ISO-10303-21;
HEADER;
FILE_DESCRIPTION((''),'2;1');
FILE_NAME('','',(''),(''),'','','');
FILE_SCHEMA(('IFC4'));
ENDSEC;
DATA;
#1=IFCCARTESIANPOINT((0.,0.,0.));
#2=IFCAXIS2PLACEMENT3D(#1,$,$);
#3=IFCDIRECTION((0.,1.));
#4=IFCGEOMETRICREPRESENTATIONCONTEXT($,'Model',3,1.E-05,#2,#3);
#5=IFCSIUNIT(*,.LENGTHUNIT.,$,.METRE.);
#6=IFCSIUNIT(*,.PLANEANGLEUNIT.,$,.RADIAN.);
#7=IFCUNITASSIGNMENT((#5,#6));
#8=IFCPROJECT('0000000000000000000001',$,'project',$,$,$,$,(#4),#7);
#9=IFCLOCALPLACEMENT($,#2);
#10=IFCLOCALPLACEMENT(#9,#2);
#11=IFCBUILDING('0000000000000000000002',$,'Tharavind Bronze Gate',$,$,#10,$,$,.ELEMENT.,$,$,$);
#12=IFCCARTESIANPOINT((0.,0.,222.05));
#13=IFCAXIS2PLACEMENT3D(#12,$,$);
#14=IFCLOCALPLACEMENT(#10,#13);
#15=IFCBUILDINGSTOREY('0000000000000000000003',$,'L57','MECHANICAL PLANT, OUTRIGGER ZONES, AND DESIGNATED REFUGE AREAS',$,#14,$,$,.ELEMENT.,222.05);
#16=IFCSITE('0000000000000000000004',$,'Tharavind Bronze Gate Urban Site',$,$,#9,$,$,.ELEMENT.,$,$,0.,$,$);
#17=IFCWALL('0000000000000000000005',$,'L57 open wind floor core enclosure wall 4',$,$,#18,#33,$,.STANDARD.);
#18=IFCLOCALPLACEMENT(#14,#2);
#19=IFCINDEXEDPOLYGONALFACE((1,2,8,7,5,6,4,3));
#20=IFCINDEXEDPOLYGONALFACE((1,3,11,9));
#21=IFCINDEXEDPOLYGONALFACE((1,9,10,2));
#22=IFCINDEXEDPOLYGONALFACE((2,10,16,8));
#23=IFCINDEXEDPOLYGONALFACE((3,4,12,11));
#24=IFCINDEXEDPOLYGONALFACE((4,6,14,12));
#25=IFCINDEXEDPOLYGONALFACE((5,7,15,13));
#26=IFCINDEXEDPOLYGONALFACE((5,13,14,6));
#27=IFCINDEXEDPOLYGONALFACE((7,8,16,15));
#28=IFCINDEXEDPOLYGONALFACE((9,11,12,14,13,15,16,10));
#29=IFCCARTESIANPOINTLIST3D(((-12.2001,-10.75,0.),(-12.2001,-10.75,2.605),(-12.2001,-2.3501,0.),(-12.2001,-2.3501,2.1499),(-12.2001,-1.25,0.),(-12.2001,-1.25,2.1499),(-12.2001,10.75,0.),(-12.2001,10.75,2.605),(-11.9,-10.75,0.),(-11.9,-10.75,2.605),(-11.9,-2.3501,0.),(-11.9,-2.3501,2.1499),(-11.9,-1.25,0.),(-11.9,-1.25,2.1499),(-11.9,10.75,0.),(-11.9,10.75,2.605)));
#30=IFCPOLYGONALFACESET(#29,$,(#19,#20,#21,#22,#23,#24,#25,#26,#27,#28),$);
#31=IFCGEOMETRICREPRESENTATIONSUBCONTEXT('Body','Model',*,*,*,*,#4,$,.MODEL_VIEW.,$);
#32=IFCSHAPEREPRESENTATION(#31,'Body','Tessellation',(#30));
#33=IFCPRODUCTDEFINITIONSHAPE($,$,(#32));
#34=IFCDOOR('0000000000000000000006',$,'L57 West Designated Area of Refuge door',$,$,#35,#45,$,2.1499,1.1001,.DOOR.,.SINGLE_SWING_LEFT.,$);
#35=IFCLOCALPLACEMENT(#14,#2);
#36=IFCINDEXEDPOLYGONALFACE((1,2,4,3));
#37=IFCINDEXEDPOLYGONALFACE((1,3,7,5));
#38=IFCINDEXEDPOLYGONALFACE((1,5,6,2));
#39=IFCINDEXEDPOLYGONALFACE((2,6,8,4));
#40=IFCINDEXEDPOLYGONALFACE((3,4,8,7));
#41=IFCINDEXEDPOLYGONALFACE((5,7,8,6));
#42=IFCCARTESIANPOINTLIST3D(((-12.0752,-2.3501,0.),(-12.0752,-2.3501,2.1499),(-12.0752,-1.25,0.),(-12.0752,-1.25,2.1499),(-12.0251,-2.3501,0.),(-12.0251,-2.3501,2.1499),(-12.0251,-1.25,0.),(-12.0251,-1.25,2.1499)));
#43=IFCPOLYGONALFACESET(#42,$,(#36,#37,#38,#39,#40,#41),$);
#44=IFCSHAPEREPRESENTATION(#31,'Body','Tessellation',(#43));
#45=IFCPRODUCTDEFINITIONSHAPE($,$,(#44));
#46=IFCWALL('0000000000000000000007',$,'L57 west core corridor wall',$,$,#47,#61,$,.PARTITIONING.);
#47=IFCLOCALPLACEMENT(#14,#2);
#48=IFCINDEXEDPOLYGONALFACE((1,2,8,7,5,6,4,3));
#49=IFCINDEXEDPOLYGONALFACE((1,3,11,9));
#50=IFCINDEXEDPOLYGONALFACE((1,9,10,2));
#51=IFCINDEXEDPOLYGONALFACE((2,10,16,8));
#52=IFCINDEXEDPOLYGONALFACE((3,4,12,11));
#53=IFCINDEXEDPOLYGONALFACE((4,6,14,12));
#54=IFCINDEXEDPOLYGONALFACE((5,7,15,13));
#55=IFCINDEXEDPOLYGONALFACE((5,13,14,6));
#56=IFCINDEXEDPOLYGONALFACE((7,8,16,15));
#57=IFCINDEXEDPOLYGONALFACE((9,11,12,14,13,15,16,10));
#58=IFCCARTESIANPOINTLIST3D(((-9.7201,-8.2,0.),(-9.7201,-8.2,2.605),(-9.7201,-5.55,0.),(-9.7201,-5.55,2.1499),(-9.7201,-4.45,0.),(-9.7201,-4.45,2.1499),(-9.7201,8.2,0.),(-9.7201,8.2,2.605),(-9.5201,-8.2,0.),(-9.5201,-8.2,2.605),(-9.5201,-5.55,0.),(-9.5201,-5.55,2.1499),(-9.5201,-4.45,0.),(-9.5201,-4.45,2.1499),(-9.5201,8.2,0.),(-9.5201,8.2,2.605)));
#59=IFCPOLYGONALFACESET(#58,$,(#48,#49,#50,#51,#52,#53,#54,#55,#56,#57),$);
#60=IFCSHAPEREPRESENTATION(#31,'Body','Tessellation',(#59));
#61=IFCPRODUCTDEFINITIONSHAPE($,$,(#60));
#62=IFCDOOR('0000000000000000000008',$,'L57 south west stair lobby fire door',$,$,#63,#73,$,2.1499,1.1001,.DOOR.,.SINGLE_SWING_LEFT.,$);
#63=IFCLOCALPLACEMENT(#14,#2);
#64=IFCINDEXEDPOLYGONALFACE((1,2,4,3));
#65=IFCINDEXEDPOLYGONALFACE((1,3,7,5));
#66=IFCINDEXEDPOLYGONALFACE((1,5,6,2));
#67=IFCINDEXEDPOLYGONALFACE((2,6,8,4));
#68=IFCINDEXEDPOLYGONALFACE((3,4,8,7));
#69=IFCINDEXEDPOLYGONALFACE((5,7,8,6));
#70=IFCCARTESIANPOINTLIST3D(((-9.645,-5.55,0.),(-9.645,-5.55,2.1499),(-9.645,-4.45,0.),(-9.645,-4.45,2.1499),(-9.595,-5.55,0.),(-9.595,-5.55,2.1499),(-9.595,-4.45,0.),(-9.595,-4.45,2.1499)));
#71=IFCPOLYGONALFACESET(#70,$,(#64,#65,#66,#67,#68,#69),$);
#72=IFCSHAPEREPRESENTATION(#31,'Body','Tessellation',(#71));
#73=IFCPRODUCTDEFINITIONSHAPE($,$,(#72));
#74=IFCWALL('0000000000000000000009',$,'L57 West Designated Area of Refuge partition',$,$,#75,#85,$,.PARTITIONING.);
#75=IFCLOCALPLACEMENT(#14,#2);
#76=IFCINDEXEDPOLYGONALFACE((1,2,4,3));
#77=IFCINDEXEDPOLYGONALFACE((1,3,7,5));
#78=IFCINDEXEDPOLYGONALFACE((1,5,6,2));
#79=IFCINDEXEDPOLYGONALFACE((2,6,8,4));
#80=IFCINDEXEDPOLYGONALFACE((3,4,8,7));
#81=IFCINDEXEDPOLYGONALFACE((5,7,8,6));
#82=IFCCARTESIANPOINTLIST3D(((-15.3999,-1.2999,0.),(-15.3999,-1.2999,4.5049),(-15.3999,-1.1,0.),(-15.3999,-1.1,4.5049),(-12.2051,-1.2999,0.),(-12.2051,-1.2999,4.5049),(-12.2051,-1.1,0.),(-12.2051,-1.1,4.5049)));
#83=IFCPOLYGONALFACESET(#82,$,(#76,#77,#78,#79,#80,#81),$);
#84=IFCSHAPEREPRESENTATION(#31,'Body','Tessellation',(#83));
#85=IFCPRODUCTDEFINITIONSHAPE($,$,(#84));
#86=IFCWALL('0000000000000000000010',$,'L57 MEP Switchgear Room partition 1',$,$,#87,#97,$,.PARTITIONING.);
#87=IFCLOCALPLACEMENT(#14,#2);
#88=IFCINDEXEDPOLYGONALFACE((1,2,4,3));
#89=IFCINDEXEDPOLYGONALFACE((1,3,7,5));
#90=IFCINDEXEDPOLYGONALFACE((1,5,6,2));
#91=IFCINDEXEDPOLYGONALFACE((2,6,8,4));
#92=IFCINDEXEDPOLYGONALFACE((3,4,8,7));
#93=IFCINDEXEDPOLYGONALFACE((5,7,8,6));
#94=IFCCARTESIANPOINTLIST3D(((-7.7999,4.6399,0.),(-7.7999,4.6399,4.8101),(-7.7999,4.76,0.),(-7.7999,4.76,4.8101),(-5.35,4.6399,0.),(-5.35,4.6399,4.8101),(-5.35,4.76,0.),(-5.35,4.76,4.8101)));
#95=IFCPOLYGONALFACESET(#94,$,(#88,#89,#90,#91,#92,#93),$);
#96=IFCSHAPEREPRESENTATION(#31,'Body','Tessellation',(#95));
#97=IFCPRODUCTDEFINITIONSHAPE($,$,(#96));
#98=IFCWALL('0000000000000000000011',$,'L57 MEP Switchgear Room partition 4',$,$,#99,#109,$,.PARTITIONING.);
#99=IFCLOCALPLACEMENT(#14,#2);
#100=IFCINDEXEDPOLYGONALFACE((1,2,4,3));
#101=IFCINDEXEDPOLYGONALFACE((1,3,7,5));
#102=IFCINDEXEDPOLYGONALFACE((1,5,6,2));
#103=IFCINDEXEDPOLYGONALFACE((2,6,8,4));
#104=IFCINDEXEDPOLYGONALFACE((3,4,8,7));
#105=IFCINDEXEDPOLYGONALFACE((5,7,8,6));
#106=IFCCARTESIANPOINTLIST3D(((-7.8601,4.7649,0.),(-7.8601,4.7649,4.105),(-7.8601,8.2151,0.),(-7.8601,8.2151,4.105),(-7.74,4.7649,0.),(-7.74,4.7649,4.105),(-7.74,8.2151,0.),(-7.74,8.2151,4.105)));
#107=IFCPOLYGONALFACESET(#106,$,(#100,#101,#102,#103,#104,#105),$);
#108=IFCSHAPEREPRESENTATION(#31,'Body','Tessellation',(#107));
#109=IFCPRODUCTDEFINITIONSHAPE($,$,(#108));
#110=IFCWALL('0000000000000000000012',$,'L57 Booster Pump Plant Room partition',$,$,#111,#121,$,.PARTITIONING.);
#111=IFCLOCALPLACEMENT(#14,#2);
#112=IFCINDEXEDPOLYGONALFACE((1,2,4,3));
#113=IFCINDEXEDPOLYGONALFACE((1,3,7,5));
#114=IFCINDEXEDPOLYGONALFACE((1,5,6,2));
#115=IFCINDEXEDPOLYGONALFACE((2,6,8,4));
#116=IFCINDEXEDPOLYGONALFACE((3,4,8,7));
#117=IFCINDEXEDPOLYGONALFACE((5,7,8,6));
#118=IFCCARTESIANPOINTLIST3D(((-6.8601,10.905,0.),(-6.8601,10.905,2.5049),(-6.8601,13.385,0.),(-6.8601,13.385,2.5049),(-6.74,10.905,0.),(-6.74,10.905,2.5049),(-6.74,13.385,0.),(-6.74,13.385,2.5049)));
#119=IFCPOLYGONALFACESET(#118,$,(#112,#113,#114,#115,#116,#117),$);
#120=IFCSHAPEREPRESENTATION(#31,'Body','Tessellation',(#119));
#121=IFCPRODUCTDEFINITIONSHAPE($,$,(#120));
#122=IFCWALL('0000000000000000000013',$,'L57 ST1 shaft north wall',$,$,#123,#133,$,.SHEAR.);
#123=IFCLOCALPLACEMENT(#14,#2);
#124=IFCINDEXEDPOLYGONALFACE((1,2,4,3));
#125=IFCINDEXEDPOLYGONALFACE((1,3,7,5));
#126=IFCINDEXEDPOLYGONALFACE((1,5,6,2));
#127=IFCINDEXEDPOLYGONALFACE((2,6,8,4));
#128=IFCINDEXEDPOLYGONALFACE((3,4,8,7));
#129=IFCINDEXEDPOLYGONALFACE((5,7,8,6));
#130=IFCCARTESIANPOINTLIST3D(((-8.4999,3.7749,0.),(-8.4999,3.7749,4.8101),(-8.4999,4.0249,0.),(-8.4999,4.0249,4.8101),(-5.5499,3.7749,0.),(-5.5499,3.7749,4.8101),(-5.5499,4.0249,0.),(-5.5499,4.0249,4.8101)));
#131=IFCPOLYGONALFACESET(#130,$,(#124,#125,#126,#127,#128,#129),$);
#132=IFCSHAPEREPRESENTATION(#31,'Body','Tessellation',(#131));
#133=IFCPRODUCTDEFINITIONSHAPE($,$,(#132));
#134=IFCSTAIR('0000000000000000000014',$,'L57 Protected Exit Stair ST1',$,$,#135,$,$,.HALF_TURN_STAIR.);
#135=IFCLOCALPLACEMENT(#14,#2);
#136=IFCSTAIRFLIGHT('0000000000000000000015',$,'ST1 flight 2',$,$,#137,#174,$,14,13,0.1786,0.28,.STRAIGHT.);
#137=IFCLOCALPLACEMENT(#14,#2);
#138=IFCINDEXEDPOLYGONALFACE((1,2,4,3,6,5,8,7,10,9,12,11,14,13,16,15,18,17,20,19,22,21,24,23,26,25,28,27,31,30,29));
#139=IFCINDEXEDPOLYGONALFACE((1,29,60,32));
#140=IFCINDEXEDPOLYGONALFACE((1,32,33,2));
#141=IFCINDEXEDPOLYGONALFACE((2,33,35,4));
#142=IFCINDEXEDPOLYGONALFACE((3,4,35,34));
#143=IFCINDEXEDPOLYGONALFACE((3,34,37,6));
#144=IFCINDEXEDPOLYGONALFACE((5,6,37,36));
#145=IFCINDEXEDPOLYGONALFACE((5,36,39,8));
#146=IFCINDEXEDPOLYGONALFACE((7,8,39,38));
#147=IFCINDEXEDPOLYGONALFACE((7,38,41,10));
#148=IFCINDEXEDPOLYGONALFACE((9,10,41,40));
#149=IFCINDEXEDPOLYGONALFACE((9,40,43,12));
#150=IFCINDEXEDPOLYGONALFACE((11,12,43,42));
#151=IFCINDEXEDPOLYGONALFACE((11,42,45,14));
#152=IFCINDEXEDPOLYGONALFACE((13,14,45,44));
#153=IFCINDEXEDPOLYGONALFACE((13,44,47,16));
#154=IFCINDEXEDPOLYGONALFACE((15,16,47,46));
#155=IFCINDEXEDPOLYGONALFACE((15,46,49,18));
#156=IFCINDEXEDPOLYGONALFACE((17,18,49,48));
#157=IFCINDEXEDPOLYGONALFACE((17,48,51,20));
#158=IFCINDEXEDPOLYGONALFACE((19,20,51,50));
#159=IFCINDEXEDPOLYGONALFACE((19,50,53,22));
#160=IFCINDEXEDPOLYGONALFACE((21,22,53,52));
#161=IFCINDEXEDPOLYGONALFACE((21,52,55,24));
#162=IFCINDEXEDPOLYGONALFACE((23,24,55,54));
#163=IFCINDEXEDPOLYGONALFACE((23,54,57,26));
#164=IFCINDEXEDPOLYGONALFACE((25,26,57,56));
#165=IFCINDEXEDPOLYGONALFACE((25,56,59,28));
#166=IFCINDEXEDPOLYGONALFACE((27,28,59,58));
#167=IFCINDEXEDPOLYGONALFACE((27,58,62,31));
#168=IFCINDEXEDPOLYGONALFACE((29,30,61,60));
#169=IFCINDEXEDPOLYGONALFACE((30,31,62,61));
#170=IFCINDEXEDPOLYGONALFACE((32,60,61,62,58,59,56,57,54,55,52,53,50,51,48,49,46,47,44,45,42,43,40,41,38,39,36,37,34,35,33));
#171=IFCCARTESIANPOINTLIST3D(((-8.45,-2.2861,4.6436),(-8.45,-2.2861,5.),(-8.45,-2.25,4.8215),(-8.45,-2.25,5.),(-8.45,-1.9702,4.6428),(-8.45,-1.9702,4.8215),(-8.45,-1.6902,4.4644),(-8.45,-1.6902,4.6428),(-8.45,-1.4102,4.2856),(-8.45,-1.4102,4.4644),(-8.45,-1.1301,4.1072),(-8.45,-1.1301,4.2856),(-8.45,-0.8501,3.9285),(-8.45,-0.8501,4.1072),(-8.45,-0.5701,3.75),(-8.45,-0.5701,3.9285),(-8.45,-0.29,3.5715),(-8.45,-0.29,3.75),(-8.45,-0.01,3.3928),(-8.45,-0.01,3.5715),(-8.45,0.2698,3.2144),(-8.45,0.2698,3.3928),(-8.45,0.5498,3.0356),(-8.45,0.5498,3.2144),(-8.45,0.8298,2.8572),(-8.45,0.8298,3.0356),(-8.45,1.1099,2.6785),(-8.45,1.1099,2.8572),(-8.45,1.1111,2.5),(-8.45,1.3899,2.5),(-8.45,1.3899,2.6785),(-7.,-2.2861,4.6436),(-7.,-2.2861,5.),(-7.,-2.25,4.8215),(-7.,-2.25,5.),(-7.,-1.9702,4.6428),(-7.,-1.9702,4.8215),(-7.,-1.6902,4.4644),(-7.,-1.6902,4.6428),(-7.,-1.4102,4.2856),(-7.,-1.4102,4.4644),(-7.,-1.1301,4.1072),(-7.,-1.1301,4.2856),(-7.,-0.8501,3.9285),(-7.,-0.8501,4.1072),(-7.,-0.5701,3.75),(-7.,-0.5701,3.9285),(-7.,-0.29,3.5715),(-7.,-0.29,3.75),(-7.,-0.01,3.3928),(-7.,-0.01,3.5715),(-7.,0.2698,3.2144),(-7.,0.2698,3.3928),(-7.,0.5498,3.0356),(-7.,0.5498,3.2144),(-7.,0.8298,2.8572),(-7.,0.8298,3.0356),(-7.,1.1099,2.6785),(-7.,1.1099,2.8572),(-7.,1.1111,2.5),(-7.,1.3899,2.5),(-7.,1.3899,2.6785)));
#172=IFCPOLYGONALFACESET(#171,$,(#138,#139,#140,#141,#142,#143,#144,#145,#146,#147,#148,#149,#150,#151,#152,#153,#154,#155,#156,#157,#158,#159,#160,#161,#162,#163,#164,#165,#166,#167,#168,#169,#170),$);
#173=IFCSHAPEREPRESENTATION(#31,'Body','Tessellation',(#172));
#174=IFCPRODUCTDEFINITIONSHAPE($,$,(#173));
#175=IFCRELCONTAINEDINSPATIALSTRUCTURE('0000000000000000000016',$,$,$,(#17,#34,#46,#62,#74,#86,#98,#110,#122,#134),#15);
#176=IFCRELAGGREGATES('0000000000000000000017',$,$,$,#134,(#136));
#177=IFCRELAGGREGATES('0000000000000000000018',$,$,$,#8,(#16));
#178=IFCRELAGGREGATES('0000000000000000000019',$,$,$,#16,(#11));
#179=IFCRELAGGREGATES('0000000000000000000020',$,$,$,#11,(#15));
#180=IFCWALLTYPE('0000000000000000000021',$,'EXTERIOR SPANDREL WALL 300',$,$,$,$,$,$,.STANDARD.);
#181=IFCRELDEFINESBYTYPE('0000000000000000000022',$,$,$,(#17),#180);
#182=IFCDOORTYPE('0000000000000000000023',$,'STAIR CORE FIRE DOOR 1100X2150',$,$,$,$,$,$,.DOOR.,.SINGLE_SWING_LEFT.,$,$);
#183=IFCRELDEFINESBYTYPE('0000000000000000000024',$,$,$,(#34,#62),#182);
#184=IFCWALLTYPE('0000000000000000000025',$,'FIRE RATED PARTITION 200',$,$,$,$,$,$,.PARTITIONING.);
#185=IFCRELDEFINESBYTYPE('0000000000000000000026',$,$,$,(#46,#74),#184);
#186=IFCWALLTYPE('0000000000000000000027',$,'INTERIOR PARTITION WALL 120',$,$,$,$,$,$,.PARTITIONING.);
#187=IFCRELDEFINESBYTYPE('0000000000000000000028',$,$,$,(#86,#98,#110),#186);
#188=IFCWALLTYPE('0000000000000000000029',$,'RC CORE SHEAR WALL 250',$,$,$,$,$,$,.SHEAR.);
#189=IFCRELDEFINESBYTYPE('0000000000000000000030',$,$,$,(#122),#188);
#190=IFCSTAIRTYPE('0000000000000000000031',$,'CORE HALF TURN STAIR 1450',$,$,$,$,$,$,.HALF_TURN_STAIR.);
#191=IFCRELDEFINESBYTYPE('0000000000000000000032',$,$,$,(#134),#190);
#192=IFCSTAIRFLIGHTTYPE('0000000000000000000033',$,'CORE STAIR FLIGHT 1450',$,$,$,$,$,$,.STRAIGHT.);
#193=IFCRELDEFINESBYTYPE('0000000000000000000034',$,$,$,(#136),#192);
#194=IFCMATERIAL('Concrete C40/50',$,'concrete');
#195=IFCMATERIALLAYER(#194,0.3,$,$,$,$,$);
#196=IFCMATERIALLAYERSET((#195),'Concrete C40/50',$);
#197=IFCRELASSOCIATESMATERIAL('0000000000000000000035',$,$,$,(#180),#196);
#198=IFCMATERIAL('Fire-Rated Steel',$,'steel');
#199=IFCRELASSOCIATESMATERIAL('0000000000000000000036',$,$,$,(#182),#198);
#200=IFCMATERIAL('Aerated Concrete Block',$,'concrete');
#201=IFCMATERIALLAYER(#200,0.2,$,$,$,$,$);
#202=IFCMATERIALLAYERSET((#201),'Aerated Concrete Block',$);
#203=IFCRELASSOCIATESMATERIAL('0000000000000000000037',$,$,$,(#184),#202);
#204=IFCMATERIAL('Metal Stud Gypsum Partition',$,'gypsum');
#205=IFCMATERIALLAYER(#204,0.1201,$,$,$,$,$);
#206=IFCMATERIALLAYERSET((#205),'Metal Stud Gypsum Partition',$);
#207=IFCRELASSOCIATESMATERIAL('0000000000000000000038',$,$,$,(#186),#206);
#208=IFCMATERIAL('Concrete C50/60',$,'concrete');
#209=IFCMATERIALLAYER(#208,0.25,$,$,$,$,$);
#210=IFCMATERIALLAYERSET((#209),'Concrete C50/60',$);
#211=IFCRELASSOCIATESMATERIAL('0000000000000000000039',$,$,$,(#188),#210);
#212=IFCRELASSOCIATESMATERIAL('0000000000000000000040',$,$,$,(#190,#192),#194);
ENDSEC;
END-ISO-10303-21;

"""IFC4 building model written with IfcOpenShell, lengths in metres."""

from ifc_helpers import new_model, si_unit, direction, frame, frame_2d, origin, place, context, subcontext, project, spatial, polyline, rectangle, outline, extrude, material, layer, layer_set, type_object, element, fill, aggregate, save


model = new_model("IFC4")

# Units and contexts
model_context = context("Model", 3, precision=1e-05, world=origin(), true_north=direction((0.0, 1.0)))
body_context = subcontext(model_context, "Body", "Model", "MODEL_VIEW")
ifc_project = project(units=[si_unit("LENGTHUNIT", "METRE"), si_unit("PLANEANGLEUNIT", "RADIAN")], contexts=[model_context])

# Site, building, storey
site_placement = place(None, origin())
site = spatial("IfcSite", under=ifc_project, at=site_placement, Name="Tharavind Bronze Gate Urban Site", CompositionType="ELEMENT", RefElevation=0.0)
building_placement = place(site_placement, origin())
building = spatial("IfcBuilding", under=site, at=building_placement, Name="Tharavind Bronze Gate", CompositionType="ELEMENT")
storey_placement = place(building_placement, frame((0.0, 0.0, 222.05)))
storey = spatial("IfcBuildingStorey", under=building, at=storey_placement, Name="L57", Description="MECHANICAL PLANT, OUTRIGGER ZONES, AND DESIGNATED REFUGE AREAS", CompositionType="ELEMENT", Elevation=222.05)

# Walls, openings, doors
ifc_material_1 = material(Name="Concrete C40/50", Category="concrete")
ifc_layer_1 = layer(ifc_material_1, 0.3)
ifc_layer_set_1 = layer_set([ifc_layer_1], Name="Concrete C40/50")
wall_type_1 = type_object("IfcWallType", Name="EXTERIOR SPANDREL WALL 300", PredefinedType="STANDARD", material=ifc_layer_set_1)
wall_1_placement = place(storey_placement, frame((-12.05, 10.75, 0.0), z_axis=(0.0, 0.0, 1.0), x_axis=(0.0, -1.0, 0.0)))
wall_1 = element("IfcWall", 1, at=wall_1_placement, inside=storey, type_object=wall_type_1, Name="L57 open wind floor core enclosure wall 4", PredefinedType="STANDARD", context=body_context, shape_type="SweptSolid", body=[
    extrude(rectangle(XDim=21.5, YDim=0.3, at=frame_2d((10.75, 0.0))), origin(), (0.0, 0.0, 1.0), 2.605),
])
opening_1_placement = place(wall_1_placement, frame((12.0, 0.0, 0.0)))
opening_1 = element("IfcOpeningElement", 2, at=opening_1_placement, cuts=wall_1, PredefinedType="OPENING", context=body_context, shape_type="SweptSolid", body=[
    extrude(rectangle(XDim=1.1001, YDim=2.1499, at=frame_2d((0.55, 1.075))), frame((0.0, 0.1599, 0.0), z_axis=(0.0, -1.0, 0.0), x_axis=(1.0, 0.0, 0.0)), (0.0, 0.0, 1.0), 0.32),
])
ifc_material_2 = material(Name="Fire-Rated Steel", Category="steel")
door_type = type_object("IfcDoorType", Name="STAIR CORE FIRE DOOR 1100X2150", OperationType="SINGLE_SWING_LEFT", PredefinedType="DOOR", material=ifc_material_2)
door_1_placement = place(opening_1_placement, origin())
door_1 = element("IfcDoor", 3, at=door_1_placement, inside=storey, type_object=door_type, Name="L57 West Designated Area of Refuge door", OperationType="SINGLE_SWING_LEFT", OverallHeight=2.1499, OverallWidth=1.1001, PredefinedType="DOOR", context=body_context, shape_type="SweptSolid", body=[
    extrude(rectangle(XDim=1.1001, YDim=2.1499, at=frame_2d((0.55, 1.075))), frame((0.0, 0.0249, 0.0), z_axis=(0.0, -1.0, 0.0), x_axis=(1.0, 0.0, 0.0)), (0.0, 0.0, 1.0), 0.05),
])
fill(opening_1, door_1)
ifc_material_3 = material(Name="Aerated Concrete Block", Category="concrete")
ifc_layer_2 = layer(ifc_material_3, 0.2)
ifc_layer_set_2 = layer_set([ifc_layer_2], Name="Aerated Concrete Block")
wall_type_2 = type_object("IfcWallType", Name="FIRE RATED PARTITION 200", PredefinedType="PARTITIONING", material=ifc_layer_set_2)
wall_2_placement = place(storey_placement, frame((-9.6201, 8.2, 0.0), z_axis=(0.0, 0.0, 1.0), x_axis=(0.0, -1.0, 0.0)))
wall_2 = element("IfcWall", 4, at=wall_2_placement, inside=storey, type_object=wall_type_2, Name="L57 west core corridor wall", PredefinedType="PARTITIONING", context=body_context, shape_type="SweptSolid", body=[
    extrude(rectangle(XDim=16.3999, YDim=0.2, at=frame_2d((8.2, 0.0))), origin(), (0.0, 0.0, 1.0), 2.605),
])
opening_2_placement = place(wall_2_placement, frame((12.6499, 0.0, 0.0)))
opening_2 = element("IfcOpeningElement", 5, at=opening_2_placement, cuts=wall_2, PredefinedType="OPENING", context=body_context, shape_type="SweptSolid", body=[
    extrude(rectangle(XDim=1.1001, YDim=2.1499, at=frame_2d((0.55, 1.075))), frame((0.0, 0.1101, 0.0), z_axis=(0.0, -1.0, 0.0), x_axis=(1.0, 0.0, 0.0)), (0.0, 0.0, 1.0), 0.22),
])
door_2_placement = place(opening_2_placement, frame((1.1001, 0.0, 0.0), z_axis=(0.0, 0.0, 1.0), x_axis=(-1.0, 0.0, 0.0)))
door_2 = element("IfcDoor", 6, at=door_2_placement, inside=storey, type_object=door_type, Name="L57 south west stair lobby fire door", OperationType="SINGLE_SWING_LEFT", OverallHeight=2.1499, OverallWidth=1.1001, PredefinedType="DOOR", context=body_context, shape_type="SweptSolid", body=[
    extrude(rectangle(XDim=1.1001, YDim=2.1499, at=frame_2d((0.55, 1.075))), frame((0.0, 0.0249, 0.0), z_axis=(0.0, -1.0, 0.0), x_axis=(1.0, 0.0, 0.0)), (0.0, 0.0, 1.0), 0.05),
])
fill(opening_2, door_2)

# Walls
wall_3_placement = place(storey_placement, frame((-15.3999, -1.2, 0.0), z_axis=(0.0, 0.0, 1.0), x_axis=(1.0, 0.0, 0.0)))
element("IfcWall", 7, at=wall_3_placement, inside=storey, type_object=wall_type_2, Name="L57 West Designated Area of Refuge partition", PredefinedType="PARTITIONING", context=body_context, shape_type="SweptSolid", body=[
    extrude(rectangle(XDim=3.1948, YDim=0.2, at=frame_2d((1.5974, 0.0))), origin(), (0.0, 0.0, 1.0), 4.5049),
])
ifc_material_4 = material(Name="Metal Stud Gypsum Partition", Category="gypsum")
ifc_layer_3 = layer(ifc_material_4, 0.1201)
ifc_layer_set_3 = layer_set([ifc_layer_3], Name="Metal Stud Gypsum Partition")
wall_type_3 = type_object("IfcWallType", Name="INTERIOR PARTITION WALL 120", PredefinedType="PARTITIONING", material=ifc_layer_set_3)
wall_4_placement = place(storey_placement, frame((-7.8, 4.7, 0.0), z_axis=(0.0, 0.0, 1.0), x_axis=(1.0, 0.0, 0.0)))
element("IfcWall", 8, at=wall_4_placement, inside=storey, type_object=wall_type_3, Name="L57 MEP Switchgear Room partition 1", PredefinedType="PARTITIONING", context=body_context, shape_type="SweptSolid", body=[
    extrude(rectangle(XDim=2.45, YDim=0.1201, at=frame_2d((1.2251, 0.0))), origin(), (0.0, 0.0, 1.0), 4.8101),
])
wall_5_placement = place(storey_placement, frame((-7.8, 8.2151, 0.0), z_axis=(0.0, 0.0, 1.0), x_axis=(0.0, -1.0, 0.0)))
element("IfcWall", 9, at=wall_5_placement, inside=storey, type_object=wall_type_3, Name="L57 MEP Switchgear Room partition 4", PredefinedType="PARTITIONING", context=body_context, shape_type="SweptSolid", body=[
    extrude(rectangle(XDim=3.4502, YDim=0.1201, at=frame_2d((1.7251, 0.0))), origin(), (0.0, 0.0, 1.0), 4.105),
])
wall_6_placement = place(storey_placement, frame((-6.8, 10.905, 0.0), z_axis=(0.0, 0.0, 1.0), x_axis=(0.0, 1.0, 0.0)))
element("IfcWall", 10, at=wall_6_placement, inside=storey, type_object=wall_type_3, Name="L57 Booster Pump Plant Room partition", PredefinedType="PARTITIONING", context=body_context, shape_type="SweptSolid", body=[
    extrude(rectangle(XDim=2.48, YDim=0.1201, at=frame_2d((1.24, 0.0))), origin(), (0.0, 0.0, 1.0), 2.5049),
])
ifc_material_5 = material(Name="Concrete C50/60", Category="concrete")
ifc_layer_4 = layer(ifc_material_5, 0.25)
ifc_layer_set_4 = layer_set([ifc_layer_4], Name="Concrete C50/60")
wall_type_4 = type_object("IfcWallType", Name="RC CORE SHEAR WALL 250", PredefinedType="SHEAR", material=ifc_layer_set_4)
wall_7_placement = place(storey_placement, frame((-8.5, 3.8999, 0.0), z_axis=(0.0, 0.0, 1.0), x_axis=(1.0, 0.0, 0.0)))
element("IfcWall", 11, at=wall_7_placement, inside=storey, type_object=wall_type_4, Name="L57 ST1 shaft north wall", PredefinedType="SHEAR", context=body_context, shape_type="SweptSolid", body=[
    extrude(rectangle(XDim=2.95, YDim=0.25, at=frame_2d((1.4751, 0.0))), origin(), (0.0, 0.0, 1.0), 4.8101),
])

# Stair, stair flight
stair_type = type_object("IfcStairType", Name="CORE HALF TURN STAIR 1450", PredefinedType="HALF_TURN_STAIR", material=ifc_material_1)
stair_placement = place(storey_placement, origin())
stair = element("IfcStair", 12, at=stair_placement, inside=storey, type_object=stair_type, Name="L57 Protected Exit Stair ST1", PredefinedType="HALF_TURN_STAIR")
stair_flight_type = type_object("IfcStairFlightType", Name="CORE STAIR FLIGHT 1450", PredefinedType="STRAIGHT", material=ifc_material_1)
stair_flight_placement = place(storey_placement, frame((-7.7251, 1.3899, 2.5), z_axis=(0.0, 0.0, 1.0), x_axis=(0.0, -1.0, 0.0)))
stair_flight = element("IfcStairFlight", 13, at=stair_flight_placement, type_object=stair_flight_type, Name="ST1 flight 2", NumberOfRisers=14, NumberOfTreads=13, PredefinedType="STRAIGHT", RiserHeight=0.1786, TreadLength=0.28, context=body_context, shape_type="SweptSolid", body=[
    extrude(outline(polyline([(0.0, 0.0), (0.0, 0.1785), (0.28, 0.1785), (0.28, 0.3572), (0.5601, 0.3572), (0.5601, 0.5356), (0.8401, 0.5356), (0.8401, 0.7144), (1.1201, 0.7144), (1.1201, 0.8928), (1.3999, 0.8928), (1.3999, 1.0715), (1.6799, 1.0715), (1.6799, 1.25), (1.96, 1.25), (1.96, 1.4285), (2.24, 1.4285), (2.24, 1.6072), (2.52, 1.6072), (2.52, 1.7856), (2.8, 1.7856), (2.8, 1.9644), (3.0801, 1.9644), (3.0801, 2.1428), (3.3601, 2.1428), (3.3601, 2.3215), (3.6399, 2.3215), (3.6399, 2.5), (3.676, 2.5), (3.676, 2.1436), (0.2788, 0.0), (0.0, 0.0)])), frame((0.0, 0.7251, 0.0), z_axis=(0.0, -1.0, 0.0), x_axis=(1.0, 0.0, 0.0)), (0.0, 0.0, 1.0), 1.45),
])
aggregate(stair, [stair_flight])

save(model, "model.ifc")
